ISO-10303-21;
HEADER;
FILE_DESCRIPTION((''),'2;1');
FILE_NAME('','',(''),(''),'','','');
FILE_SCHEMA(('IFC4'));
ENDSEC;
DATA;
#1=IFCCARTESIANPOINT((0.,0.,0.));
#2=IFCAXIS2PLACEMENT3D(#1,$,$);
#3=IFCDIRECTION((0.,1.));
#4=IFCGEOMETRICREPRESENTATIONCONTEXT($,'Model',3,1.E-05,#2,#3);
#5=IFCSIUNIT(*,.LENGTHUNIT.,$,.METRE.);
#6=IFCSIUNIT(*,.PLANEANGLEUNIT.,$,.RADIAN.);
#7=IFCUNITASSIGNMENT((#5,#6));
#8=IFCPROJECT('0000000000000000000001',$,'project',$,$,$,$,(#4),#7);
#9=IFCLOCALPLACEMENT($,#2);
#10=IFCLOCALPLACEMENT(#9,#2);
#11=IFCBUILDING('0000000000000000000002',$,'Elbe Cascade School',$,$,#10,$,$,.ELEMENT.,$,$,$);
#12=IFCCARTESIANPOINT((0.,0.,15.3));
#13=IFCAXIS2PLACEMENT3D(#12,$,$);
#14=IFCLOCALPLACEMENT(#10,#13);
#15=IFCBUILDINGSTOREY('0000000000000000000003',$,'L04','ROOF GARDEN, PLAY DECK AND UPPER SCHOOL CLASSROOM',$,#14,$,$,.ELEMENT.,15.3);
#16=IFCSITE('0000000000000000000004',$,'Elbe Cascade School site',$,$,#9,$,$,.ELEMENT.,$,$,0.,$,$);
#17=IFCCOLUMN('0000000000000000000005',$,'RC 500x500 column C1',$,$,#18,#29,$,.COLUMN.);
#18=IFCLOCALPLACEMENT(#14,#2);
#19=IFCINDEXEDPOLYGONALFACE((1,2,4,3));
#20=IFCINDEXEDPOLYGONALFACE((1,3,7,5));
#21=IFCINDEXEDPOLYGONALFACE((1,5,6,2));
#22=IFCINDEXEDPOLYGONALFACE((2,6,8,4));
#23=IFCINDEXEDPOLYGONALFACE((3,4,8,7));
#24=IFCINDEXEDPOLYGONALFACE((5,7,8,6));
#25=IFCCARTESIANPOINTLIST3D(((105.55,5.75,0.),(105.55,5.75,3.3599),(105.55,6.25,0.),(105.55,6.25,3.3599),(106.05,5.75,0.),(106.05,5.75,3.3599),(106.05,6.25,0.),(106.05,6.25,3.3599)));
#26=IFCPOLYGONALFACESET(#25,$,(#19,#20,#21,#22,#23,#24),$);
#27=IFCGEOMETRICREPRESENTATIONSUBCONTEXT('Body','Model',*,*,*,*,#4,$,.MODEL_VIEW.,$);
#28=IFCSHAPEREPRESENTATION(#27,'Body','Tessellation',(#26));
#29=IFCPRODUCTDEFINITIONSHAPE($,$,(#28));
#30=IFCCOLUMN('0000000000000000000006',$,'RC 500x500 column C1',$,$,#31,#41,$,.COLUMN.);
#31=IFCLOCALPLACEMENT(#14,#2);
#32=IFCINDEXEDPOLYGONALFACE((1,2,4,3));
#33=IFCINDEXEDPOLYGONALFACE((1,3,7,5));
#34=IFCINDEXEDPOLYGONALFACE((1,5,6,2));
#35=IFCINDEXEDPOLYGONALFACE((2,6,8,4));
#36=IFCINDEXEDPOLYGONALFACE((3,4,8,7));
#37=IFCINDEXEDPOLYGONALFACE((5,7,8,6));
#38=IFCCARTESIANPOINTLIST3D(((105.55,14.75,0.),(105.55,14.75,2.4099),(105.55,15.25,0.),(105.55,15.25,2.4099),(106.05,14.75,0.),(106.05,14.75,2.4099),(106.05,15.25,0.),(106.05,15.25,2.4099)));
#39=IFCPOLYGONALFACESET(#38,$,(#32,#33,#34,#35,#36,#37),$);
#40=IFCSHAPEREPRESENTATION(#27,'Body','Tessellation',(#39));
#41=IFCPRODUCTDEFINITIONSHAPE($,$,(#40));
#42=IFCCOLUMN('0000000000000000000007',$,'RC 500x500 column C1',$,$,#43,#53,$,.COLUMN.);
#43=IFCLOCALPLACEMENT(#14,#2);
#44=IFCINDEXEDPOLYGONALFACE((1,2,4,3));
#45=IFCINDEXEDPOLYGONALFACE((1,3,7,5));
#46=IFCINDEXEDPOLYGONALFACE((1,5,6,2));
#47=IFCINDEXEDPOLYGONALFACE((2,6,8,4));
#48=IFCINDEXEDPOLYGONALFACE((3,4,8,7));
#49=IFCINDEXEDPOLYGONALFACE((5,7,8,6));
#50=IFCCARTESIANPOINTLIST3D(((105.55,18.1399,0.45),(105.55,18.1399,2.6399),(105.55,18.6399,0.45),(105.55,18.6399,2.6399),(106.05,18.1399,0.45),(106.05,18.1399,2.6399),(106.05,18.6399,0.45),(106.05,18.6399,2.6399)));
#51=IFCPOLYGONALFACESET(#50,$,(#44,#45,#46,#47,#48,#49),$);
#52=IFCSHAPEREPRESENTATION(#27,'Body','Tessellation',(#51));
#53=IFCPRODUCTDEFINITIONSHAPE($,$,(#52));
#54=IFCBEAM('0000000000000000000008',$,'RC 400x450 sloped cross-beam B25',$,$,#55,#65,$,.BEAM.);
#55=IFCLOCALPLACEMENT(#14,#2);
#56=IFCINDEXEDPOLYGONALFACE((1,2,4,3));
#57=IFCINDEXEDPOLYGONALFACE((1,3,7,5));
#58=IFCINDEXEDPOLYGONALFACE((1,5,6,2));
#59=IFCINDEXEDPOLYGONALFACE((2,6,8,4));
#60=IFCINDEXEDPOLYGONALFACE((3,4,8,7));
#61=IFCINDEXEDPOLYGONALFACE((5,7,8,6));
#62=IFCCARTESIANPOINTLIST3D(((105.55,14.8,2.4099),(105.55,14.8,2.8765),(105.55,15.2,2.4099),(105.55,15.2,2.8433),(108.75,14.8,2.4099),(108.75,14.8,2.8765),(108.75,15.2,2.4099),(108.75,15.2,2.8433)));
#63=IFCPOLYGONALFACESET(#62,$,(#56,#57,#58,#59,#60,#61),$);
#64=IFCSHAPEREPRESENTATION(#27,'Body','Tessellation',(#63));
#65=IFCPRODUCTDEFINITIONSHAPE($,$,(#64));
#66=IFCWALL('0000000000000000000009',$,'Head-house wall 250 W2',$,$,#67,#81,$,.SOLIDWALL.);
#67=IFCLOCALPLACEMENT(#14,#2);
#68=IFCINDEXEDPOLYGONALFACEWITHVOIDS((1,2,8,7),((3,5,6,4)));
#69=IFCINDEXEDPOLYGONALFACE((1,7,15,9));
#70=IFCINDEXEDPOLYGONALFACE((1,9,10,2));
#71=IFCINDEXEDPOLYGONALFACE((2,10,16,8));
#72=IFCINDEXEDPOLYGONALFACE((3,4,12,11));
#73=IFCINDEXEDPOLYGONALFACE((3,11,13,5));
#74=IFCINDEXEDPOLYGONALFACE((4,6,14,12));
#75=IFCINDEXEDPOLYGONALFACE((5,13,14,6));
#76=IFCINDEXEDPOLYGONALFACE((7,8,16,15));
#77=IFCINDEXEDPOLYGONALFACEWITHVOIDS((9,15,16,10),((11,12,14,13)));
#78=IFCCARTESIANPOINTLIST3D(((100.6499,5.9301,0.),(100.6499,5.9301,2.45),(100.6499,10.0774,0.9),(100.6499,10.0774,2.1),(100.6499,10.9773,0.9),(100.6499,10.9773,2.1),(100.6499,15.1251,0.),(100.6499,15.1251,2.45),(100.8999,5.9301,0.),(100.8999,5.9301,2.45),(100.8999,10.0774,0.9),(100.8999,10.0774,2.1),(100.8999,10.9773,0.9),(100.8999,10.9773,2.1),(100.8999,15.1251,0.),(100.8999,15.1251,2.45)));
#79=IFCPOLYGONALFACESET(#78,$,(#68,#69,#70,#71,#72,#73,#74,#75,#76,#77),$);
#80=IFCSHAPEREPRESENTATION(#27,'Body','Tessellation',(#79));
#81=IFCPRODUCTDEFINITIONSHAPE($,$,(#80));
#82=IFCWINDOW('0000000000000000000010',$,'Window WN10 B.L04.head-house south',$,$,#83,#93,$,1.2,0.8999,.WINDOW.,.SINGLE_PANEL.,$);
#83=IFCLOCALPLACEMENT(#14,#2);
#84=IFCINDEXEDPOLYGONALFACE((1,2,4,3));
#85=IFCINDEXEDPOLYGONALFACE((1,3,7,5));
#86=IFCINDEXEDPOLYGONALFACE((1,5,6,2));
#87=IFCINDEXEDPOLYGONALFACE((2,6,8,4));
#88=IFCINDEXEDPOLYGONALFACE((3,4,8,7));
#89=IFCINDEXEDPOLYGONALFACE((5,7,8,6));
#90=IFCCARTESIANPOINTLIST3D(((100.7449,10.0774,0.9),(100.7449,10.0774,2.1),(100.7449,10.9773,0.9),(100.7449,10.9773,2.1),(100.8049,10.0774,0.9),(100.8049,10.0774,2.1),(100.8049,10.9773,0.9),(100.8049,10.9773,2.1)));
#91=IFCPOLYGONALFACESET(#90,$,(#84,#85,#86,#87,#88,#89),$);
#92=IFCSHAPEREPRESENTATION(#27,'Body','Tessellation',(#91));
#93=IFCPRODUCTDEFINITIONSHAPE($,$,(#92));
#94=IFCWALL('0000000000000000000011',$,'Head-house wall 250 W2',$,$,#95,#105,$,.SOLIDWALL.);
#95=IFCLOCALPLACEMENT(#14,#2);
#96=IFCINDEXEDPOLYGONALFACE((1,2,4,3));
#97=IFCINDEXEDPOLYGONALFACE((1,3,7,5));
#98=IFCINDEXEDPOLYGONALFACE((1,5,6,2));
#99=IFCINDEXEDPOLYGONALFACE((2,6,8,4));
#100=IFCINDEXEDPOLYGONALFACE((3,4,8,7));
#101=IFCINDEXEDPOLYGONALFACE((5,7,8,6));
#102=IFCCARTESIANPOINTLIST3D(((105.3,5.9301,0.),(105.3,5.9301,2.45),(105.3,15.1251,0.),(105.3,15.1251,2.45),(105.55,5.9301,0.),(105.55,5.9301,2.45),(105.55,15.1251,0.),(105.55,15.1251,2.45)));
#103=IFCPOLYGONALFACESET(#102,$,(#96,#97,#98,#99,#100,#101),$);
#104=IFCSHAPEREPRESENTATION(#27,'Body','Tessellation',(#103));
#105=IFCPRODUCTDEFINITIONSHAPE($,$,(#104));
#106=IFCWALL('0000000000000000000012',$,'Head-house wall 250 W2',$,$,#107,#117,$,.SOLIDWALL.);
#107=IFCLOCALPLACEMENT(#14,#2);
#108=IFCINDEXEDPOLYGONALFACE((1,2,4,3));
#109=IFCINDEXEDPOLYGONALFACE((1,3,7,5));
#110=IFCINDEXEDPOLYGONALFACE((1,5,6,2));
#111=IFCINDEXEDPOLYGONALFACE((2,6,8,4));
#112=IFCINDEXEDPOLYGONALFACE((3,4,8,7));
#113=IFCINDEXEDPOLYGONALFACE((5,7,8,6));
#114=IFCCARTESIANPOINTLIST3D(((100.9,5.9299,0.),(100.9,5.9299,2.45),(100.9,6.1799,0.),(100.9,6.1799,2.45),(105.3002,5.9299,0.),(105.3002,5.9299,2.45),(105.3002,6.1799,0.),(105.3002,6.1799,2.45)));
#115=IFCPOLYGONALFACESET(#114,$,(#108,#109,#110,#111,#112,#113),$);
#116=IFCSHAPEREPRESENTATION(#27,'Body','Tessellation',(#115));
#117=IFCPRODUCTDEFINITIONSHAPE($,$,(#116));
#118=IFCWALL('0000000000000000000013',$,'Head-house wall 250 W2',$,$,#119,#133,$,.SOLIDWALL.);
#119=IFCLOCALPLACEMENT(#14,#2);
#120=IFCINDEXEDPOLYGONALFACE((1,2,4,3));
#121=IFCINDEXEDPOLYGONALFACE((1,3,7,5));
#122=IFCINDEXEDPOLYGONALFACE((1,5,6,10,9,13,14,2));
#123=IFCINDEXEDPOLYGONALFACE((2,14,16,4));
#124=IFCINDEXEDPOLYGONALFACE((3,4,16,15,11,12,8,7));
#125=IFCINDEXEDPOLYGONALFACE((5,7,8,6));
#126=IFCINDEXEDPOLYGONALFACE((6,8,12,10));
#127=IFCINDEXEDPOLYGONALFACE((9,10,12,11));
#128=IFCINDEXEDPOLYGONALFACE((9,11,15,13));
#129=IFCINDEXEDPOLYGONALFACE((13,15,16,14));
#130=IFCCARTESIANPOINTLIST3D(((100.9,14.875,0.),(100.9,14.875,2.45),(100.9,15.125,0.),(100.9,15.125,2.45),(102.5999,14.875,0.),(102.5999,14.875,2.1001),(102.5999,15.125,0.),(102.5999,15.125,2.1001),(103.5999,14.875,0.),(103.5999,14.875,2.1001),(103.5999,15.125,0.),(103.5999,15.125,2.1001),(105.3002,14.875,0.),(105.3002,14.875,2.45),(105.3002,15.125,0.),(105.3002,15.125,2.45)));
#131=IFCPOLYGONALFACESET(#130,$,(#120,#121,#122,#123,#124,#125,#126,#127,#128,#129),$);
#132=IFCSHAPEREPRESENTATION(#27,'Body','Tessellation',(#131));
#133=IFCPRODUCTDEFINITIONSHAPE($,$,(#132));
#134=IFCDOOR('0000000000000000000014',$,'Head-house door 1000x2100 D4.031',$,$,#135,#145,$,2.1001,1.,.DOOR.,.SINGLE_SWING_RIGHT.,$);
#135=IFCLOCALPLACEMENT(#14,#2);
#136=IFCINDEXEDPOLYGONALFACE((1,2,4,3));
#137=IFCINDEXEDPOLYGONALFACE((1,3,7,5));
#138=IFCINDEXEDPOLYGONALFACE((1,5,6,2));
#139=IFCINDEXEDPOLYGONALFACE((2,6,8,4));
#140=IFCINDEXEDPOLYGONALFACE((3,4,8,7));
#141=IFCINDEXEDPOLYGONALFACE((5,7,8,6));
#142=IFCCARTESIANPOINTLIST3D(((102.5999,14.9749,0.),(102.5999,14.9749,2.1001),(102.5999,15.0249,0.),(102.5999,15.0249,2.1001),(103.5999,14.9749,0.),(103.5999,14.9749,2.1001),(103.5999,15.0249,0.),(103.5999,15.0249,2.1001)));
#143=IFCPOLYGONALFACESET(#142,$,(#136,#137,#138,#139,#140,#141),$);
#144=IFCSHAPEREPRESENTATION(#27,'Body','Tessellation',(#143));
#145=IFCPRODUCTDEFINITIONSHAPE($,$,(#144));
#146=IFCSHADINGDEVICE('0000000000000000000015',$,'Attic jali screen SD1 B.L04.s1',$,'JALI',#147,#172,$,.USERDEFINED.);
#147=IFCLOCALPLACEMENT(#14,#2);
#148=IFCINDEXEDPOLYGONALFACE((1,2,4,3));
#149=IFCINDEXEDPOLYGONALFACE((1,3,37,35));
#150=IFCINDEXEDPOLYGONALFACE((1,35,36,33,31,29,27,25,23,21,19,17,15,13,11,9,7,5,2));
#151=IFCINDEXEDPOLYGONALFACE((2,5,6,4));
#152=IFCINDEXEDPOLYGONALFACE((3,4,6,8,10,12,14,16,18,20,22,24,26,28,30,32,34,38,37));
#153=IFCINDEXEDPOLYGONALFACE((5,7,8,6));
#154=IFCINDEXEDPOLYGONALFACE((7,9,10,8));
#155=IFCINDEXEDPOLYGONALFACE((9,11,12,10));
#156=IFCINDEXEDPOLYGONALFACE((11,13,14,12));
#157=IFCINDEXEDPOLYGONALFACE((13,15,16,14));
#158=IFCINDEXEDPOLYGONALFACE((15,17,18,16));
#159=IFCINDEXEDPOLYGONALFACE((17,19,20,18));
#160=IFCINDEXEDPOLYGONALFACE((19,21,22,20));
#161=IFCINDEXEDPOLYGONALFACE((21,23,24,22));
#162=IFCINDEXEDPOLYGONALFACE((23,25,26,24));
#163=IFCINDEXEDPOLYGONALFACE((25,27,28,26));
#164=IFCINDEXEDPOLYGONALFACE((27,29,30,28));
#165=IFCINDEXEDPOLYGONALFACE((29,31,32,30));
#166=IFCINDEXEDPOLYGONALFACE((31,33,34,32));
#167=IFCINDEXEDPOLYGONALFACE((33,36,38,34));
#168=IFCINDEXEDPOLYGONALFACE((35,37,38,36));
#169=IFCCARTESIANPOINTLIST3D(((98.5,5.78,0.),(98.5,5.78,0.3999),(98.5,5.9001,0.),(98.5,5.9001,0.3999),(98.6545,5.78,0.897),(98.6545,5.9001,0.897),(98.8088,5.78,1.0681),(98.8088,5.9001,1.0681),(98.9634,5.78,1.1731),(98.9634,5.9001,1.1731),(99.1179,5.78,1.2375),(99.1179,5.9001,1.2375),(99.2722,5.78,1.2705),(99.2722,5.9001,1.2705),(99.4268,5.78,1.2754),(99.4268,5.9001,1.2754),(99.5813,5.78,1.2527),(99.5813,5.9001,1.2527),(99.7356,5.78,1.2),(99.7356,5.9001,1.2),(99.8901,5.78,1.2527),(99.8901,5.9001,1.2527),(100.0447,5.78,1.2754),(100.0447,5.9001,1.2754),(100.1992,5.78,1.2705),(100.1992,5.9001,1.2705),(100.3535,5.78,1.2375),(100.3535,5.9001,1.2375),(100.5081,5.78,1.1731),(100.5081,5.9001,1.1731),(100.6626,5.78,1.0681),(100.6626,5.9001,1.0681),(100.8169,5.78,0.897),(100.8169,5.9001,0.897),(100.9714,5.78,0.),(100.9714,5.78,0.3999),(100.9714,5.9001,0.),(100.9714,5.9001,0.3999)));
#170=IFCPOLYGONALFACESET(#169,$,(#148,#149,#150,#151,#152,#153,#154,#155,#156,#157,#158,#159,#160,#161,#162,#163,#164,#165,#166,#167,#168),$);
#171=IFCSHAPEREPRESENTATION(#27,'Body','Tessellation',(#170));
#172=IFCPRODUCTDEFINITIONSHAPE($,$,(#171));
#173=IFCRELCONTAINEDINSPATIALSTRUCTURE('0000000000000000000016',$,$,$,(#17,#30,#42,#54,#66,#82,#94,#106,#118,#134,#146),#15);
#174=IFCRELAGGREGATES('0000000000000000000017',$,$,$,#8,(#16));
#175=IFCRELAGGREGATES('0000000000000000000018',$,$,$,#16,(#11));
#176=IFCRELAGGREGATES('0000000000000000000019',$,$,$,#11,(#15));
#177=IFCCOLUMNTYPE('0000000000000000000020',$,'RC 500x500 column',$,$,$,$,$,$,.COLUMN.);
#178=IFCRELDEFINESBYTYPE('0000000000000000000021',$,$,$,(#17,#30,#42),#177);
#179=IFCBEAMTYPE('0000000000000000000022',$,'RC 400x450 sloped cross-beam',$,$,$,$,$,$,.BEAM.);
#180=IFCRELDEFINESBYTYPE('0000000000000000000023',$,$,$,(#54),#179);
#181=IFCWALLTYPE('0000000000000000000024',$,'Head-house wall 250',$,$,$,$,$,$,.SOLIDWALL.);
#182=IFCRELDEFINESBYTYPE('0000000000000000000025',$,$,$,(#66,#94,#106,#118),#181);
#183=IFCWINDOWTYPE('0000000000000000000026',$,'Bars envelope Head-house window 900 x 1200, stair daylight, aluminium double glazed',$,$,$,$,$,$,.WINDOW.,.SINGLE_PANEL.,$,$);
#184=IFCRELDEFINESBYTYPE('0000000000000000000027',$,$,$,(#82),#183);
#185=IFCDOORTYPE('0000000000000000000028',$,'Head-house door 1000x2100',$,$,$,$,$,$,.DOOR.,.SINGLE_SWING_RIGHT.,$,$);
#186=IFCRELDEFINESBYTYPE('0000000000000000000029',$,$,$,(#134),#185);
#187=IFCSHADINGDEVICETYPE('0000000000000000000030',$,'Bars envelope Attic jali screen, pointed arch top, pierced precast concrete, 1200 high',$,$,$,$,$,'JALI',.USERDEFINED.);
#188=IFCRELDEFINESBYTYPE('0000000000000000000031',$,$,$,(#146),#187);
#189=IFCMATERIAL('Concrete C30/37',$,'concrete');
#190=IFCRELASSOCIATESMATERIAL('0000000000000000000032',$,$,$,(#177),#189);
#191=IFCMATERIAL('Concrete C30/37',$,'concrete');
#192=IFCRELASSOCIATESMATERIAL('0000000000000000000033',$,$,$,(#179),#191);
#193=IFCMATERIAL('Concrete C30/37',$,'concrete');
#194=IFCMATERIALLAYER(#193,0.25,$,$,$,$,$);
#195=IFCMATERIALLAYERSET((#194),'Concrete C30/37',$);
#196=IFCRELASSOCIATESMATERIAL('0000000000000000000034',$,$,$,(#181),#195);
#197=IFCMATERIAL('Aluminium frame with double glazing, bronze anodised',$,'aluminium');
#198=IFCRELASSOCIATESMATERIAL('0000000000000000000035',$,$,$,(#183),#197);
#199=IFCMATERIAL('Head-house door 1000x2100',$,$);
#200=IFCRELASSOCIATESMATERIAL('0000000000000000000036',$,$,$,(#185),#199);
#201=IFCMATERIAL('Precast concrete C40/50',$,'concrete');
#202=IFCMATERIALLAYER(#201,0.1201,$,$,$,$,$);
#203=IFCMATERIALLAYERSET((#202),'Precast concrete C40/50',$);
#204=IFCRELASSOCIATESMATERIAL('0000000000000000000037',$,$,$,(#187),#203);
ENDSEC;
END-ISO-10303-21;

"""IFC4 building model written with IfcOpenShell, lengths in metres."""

from ifc_helpers import new_model, si_unit, direction, frame, frame_2d, origin, origin_2d, place, context, subcontext, project, spatial, polyline, rectangle, outline, extrude, material, layer, layer_set, material_profile, profile_set, type_object, element, fill, save


model = new_model("IFC4")

# Units and contexts
model_context = context("Model", 3, precision=1e-05, world=origin(), true_north=direction((0.0, 1.0)))
body_context = subcontext(model_context, "Body", "Model", "MODEL_VIEW")
ifc_project = project(units=[si_unit("LENGTHUNIT", "METRE"), si_unit("PLANEANGLEUNIT", "RADIAN")], contexts=[model_context])

# Site, building, storey
site_placement = place(None, origin())
site = spatial("IfcSite", under=ifc_project, at=site_placement, Name="Elbe Cascade School site", CompositionType="ELEMENT", RefElevation=0.0)
building_placement = place(site_placement, origin())
building = spatial("IfcBuilding", under=site, at=building_placement, Name="Elbe Cascade School", CompositionType="ELEMENT")
storey_placement = place(building_placement, frame((0.0, 0.0, 15.3)))
storey = spatial("IfcBuildingStorey", under=building, at=storey_placement, Name="L04", Description="ROOF GARDEN, PLAY DECK AND UPPER SCHOOL CLASSROOM", CompositionType="ELEMENT", Elevation=15.3)

# Columns
ifc_material_1 = material(Name="Concrete C30/37", Category="concrete")
ifc_material_profile_1 = material_profile(ifc_material_1, rectangle(XDim=0.5, YDim=0.5, at=origin_2d()), Name="RC 500x500")
ifc_profile_set_1 = profile_set([ifc_material_profile_1], Name="Concrete C30/37")
column_type = type_object("IfcColumnType", Name="RC 500x500 column", PredefinedType="COLUMN", material=ifc_profile_set_1)
column_1_placement = place(storey_placement, frame((105.8, 6.0, 0.0), z_axis=(0.0, 0.0, 1.0), x_axis=(1.0, 0.0, 0.0)))
element("IfcColumn", 1, at=column_1_placement, inside=storey, type_object=column_type, Name="RC 500x500 column C1", PredefinedType="COLUMN", context=body_context, shape_type="SweptSolid", body=[
    extrude(rectangle(XDim=0.5, YDim=0.5, at=origin_2d()), origin(), (0.0, 0.0, 1.0), 3.3599),
])
column_2_placement = place(storey_placement, frame((105.8, 15.0, 0.0), z_axis=(0.0, 0.0, 1.0), x_axis=(1.0, 0.0, 0.0)))
element("IfcColumn", 2, at=column_2_placement, inside=storey, type_object=column_type, Name="RC 500x500 column C1", PredefinedType="COLUMN", context=body_context, shape_type="SweptSolid", body=[
    extrude(rectangle(XDim=0.5, YDim=0.5, at=origin_2d()), origin(), (0.0, 0.0, 1.0), 2.4099),
])
column_3_placement = place(storey_placement, frame((105.8, 18.3899, 0.45), z_axis=(0.0, 0.0, 1.0), x_axis=(1.0, 0.0, 0.0)))
element("IfcColumn", 3, at=column_3_placement, inside=storey, type_object=column_type, Name="RC 500x500 column C1", PredefinedType="COLUMN", context=body_context, shape_type="SweptSolid", body=[
    extrude(rectangle(XDim=0.5, YDim=0.5, at=origin_2d()), origin(), (0.0, 0.0, 1.0), 2.1899),
])

# Beam
ifc_material_2 = material(Name="Concrete C30/37", Category="concrete")
ifc_material_profile_2 = material_profile(ifc_material_2, outline(polyline([(-0.2, 0.0), (0.2, 0.0), (0.2, 0.4333), (-0.2, 0.4666), (-0.2, 0.0)])), Name="RC cross-beam 400x450 sloped top")
ifc_profile_set_2 = profile_set([ifc_material_profile_2], Name="Concrete C30/37")
beam_type = type_object("IfcBeamType", Name="RC 400x450 sloped cross-beam", PredefinedType="BEAM", material=ifc_profile_set_2)
beam_placement = place(storey_placement, frame((105.55, 15.0, 2.4099), z_axis=(1.0, 0.0, 0.0), x_axis=(0.0, 1.0, 0.0)))
element("IfcBeam", 4, at=beam_placement, inside=storey, type_object=beam_type, Name="RC 400x450 sloped cross-beam B25", PredefinedType="BEAM", context=body_context, shape_type="SweptSolid", body=[
    extrude(outline(polyline([(-0.2, 0.0), (0.2, 0.0), (0.2, 0.4333), (-0.2, 0.4666), (-0.2, 0.0)])), origin(), (0.0, 0.0, 1.0), 3.2),
])

# Wall, opening, window
ifc_material_3 = material(Name="Concrete C30/37", Category="concrete")
ifc_layer_1 = layer(ifc_material_3, 0.25)
ifc_layer_set_1 = layer_set([ifc_layer_1], Name="Concrete C30/37")
wall_type = type_object("IfcWallType", Name="Head-house wall 250", PredefinedType="SOLIDWALL", material=ifc_layer_set_1)
wall_1_placement = place(storey_placement, frame((100.7749, 5.9299, 0.0), z_axis=(0.0, 0.0, 1.0), x_axis=(0.0, 1.0, 0.0)))
wall_1 = element("IfcWall", 5, at=wall_1_placement, inside=storey, type_object=wall_type, Name="Head-house wall 250 W2", PredefinedType="SOLIDWALL", context=body_context, shape_type="SweptSolid", body=[
    extrude(rectangle(XDim=9.1951, YDim=0.25, at=frame_2d((4.5977, 0.0))), origin(), (0.0, 0.0, 1.0), 2.45),
])
opening_1_placement = place(wall_1_placement, frame((4.1475, 0.0, 0.8999)))
opening_1 = element("IfcOpeningElement", 6, at=opening_1_placement, cuts=wall_1, PredefinedType="OPENING", context=body_context, shape_type="SweptSolid", body=[
    extrude(rectangle(XDim=0.8999, YDim=1.2, at=frame_2d((0.45, 0.6001))), frame((0.0, 0.135, 0.0), z_axis=(0.0, -1.0, 0.0), x_axis=(1.0, 0.0, 0.0)), (0.0, 0.0, 1.0), 0.27),
])
ifc_material_4 = material(Name="Aluminium frame with double glazing, bronze anodised", Category="aluminium")
window_type = type_object("IfcWindowType", Name="Bars envelope Head-house window 900 x 1200, stair daylight, aluminium double glazed", PartitioningType="SINGLE_PANEL", PredefinedType="WINDOW", material=ifc_material_4)
window_placement = place(opening_1_placement, origin())
window = element("IfcWindow", 7, at=window_placement, inside=storey, type_object=window_type, Name="Window WN10 B.L04.head-house south", OverallHeight=1.2, OverallWidth=0.8999, PartitioningType="SINGLE_PANEL", PredefinedType="WINDOW", context=body_context, shape_type="SweptSolid", body=[
    extrude(rectangle(XDim=0.8999, YDim=1.2, at=frame_2d((0.45, 0.6001))), frame((0.0, 0.03, 0.0), z_axis=(0.0, -1.0, 0.0), x_axis=(1.0, 0.0, 0.0)), (0.0, 0.0, 1.0), 0.0601),
])
fill(opening_1, window)

# Walls
wall_2_placement = place(storey_placement, frame((105.425, 5.9299, 0.0), z_axis=(0.0, 0.0, 1.0), x_axis=(0.0, 1.0, 0.0)))
element("IfcWall", 8, at=wall_2_placement, inside=storey, type_object=wall_type, Name="Head-house wall 250 W2", PredefinedType="SOLIDWALL", context=body_context, shape_type="SweptSolid", body=[
    extrude(rectangle(XDim=9.1951, YDim=0.25, at=frame_2d((4.5977, 0.0))), origin(), (0.0, 0.0, 1.0), 2.45),
])
wall_3_placement = place(storey_placement, frame((100.8999, 6.0549, 0.0), z_axis=(0.0, 0.0, 1.0), x_axis=(1.0, 0.0, 0.0)))
element("IfcWall", 9, at=wall_3_placement, inside=storey, type_object=wall_type, Name="Head-house wall 250 W2", PredefinedType="SOLIDWALL", context=body_context, shape_type="SweptSolid", body=[
    extrude(rectangle(XDim=4.4001, YDim=0.25, at=frame_2d((2.2002, 0.0))), origin(), (0.0, 0.0, 1.0), 2.45),
])

# Wall, opening, door
wall_4_placement = place(storey_placement, frame((100.8999, 15.0, 0.0), z_axis=(0.0, 0.0, 1.0), x_axis=(1.0, 0.0, 0.0)))
wall_4 = element("IfcWall", 10, at=wall_4_placement, inside=storey, type_object=wall_type, Name="Head-house wall 250 W2", PredefinedType="SOLIDWALL", context=body_context, shape_type="SweptSolid", body=[
    extrude(rectangle(XDim=4.4001, YDim=0.25, at=frame_2d((2.2002, 0.0))), origin(), (0.0, 0.0, 1.0), 2.45),
])
opening_2_placement = place(wall_4_placement, frame((1.7, 0.0, 0.0)))
opening_2 = element("IfcOpeningElement", 11, at=opening_2_placement, cuts=wall_4, PredefinedType="OPENING", context=body_context, shape_type="SweptSolid", body=[
    extrude(rectangle(XDim=1.0, YDim=2.1001, at=frame_2d((0.5, 1.05))), frame((0.0, 0.135, 0.0), z_axis=(0.0, -1.0, 0.0), x_axis=(1.0, 0.0, 0.0)), (0.0, 0.0, 1.0), 0.27),
])
ifc_material_5 = material(Name="Head-house door 1000x2100")
door_type = type_object("IfcDoorType", Name="Head-house door 1000x2100", OperationType="SINGLE_SWING_RIGHT", PredefinedType="DOOR", material=ifc_material_5)
door_placement = place(opening_2_placement, origin())
door = element("IfcDoor", 12, at=door_placement, inside=storey, type_object=door_type, Name="Head-house door 1000x2100 D4.031", OperationType="SINGLE_SWING_RIGHT", OverallHeight=2.1001, OverallWidth=1.0, PredefinedType="DOOR", context=body_context, shape_type="SweptSolid", body=[
    extrude(rectangle(XDim=1.0, YDim=2.1001, at=frame_2d((0.5, 1.05))), frame((0.0, 0.0249, 0.0), z_axis=(0.0, -1.0, 0.0), x_axis=(1.0, 0.0, 0.0)), (0.0, 0.0, 1.0), 0.05),
])
fill(opening_2, door)

# Shading device
ifc_material_6 = material(Name="Precast concrete C40/50", Category="concrete")
ifc_layer_2 = layer(ifc_material_6, 0.1201)
ifc_layer_set_2 = layer_set([ifc_layer_2], Name="Precast concrete C40/50")
shading_device_type_1 = type_object("IfcShadingDeviceType", Name="Bars envelope Attic jali screen, pointed arch top, pierced precast concrete, 1200 high", ElementType="JALI", PredefinedType="USERDEFINED", material=ifc_layer_set_2)
shading_device_1_placement = place(storey_placement, frame((98.5, 5.78, 0.0), z_axis=(0.0, -1.0, 0.0), x_axis=(1.0, 0.0, 0.0)))
element("IfcShadingDevice", 13, at=shading_device_1_placement, inside=storey, type_object=shading_device_type_1, Name="Attic jali screen SD1 B.L04.s1", ObjectType="JALI", PredefinedType="USERDEFINED", context=body_context, shape_type="SweptSolid", body=[
    extrude(outline(polyline([(0.0, 0.0), (2.4714, 0.0), (2.4714, 0.3999), (2.3169, 0.897), (2.1626, 1.0681), (2.0081, 1.1731), (1.8535, 1.2375), (1.6992, 1.2705), (1.5447, 1.2754), (1.3901, 1.2527), (1.2356, 1.2), (1.0813, 1.2527), (0.9268, 1.2754), (0.7722, 1.2705), (0.6179, 1.2375), (0.4634, 1.1731), (0.3088, 1.0681), (0.1545, 0.897), (0.0, 0.3999), (0.0, 0.0)])), origin(), (0.0, 0.0, -1.0), 0.1201),
])

save(model, "model.ifc")
